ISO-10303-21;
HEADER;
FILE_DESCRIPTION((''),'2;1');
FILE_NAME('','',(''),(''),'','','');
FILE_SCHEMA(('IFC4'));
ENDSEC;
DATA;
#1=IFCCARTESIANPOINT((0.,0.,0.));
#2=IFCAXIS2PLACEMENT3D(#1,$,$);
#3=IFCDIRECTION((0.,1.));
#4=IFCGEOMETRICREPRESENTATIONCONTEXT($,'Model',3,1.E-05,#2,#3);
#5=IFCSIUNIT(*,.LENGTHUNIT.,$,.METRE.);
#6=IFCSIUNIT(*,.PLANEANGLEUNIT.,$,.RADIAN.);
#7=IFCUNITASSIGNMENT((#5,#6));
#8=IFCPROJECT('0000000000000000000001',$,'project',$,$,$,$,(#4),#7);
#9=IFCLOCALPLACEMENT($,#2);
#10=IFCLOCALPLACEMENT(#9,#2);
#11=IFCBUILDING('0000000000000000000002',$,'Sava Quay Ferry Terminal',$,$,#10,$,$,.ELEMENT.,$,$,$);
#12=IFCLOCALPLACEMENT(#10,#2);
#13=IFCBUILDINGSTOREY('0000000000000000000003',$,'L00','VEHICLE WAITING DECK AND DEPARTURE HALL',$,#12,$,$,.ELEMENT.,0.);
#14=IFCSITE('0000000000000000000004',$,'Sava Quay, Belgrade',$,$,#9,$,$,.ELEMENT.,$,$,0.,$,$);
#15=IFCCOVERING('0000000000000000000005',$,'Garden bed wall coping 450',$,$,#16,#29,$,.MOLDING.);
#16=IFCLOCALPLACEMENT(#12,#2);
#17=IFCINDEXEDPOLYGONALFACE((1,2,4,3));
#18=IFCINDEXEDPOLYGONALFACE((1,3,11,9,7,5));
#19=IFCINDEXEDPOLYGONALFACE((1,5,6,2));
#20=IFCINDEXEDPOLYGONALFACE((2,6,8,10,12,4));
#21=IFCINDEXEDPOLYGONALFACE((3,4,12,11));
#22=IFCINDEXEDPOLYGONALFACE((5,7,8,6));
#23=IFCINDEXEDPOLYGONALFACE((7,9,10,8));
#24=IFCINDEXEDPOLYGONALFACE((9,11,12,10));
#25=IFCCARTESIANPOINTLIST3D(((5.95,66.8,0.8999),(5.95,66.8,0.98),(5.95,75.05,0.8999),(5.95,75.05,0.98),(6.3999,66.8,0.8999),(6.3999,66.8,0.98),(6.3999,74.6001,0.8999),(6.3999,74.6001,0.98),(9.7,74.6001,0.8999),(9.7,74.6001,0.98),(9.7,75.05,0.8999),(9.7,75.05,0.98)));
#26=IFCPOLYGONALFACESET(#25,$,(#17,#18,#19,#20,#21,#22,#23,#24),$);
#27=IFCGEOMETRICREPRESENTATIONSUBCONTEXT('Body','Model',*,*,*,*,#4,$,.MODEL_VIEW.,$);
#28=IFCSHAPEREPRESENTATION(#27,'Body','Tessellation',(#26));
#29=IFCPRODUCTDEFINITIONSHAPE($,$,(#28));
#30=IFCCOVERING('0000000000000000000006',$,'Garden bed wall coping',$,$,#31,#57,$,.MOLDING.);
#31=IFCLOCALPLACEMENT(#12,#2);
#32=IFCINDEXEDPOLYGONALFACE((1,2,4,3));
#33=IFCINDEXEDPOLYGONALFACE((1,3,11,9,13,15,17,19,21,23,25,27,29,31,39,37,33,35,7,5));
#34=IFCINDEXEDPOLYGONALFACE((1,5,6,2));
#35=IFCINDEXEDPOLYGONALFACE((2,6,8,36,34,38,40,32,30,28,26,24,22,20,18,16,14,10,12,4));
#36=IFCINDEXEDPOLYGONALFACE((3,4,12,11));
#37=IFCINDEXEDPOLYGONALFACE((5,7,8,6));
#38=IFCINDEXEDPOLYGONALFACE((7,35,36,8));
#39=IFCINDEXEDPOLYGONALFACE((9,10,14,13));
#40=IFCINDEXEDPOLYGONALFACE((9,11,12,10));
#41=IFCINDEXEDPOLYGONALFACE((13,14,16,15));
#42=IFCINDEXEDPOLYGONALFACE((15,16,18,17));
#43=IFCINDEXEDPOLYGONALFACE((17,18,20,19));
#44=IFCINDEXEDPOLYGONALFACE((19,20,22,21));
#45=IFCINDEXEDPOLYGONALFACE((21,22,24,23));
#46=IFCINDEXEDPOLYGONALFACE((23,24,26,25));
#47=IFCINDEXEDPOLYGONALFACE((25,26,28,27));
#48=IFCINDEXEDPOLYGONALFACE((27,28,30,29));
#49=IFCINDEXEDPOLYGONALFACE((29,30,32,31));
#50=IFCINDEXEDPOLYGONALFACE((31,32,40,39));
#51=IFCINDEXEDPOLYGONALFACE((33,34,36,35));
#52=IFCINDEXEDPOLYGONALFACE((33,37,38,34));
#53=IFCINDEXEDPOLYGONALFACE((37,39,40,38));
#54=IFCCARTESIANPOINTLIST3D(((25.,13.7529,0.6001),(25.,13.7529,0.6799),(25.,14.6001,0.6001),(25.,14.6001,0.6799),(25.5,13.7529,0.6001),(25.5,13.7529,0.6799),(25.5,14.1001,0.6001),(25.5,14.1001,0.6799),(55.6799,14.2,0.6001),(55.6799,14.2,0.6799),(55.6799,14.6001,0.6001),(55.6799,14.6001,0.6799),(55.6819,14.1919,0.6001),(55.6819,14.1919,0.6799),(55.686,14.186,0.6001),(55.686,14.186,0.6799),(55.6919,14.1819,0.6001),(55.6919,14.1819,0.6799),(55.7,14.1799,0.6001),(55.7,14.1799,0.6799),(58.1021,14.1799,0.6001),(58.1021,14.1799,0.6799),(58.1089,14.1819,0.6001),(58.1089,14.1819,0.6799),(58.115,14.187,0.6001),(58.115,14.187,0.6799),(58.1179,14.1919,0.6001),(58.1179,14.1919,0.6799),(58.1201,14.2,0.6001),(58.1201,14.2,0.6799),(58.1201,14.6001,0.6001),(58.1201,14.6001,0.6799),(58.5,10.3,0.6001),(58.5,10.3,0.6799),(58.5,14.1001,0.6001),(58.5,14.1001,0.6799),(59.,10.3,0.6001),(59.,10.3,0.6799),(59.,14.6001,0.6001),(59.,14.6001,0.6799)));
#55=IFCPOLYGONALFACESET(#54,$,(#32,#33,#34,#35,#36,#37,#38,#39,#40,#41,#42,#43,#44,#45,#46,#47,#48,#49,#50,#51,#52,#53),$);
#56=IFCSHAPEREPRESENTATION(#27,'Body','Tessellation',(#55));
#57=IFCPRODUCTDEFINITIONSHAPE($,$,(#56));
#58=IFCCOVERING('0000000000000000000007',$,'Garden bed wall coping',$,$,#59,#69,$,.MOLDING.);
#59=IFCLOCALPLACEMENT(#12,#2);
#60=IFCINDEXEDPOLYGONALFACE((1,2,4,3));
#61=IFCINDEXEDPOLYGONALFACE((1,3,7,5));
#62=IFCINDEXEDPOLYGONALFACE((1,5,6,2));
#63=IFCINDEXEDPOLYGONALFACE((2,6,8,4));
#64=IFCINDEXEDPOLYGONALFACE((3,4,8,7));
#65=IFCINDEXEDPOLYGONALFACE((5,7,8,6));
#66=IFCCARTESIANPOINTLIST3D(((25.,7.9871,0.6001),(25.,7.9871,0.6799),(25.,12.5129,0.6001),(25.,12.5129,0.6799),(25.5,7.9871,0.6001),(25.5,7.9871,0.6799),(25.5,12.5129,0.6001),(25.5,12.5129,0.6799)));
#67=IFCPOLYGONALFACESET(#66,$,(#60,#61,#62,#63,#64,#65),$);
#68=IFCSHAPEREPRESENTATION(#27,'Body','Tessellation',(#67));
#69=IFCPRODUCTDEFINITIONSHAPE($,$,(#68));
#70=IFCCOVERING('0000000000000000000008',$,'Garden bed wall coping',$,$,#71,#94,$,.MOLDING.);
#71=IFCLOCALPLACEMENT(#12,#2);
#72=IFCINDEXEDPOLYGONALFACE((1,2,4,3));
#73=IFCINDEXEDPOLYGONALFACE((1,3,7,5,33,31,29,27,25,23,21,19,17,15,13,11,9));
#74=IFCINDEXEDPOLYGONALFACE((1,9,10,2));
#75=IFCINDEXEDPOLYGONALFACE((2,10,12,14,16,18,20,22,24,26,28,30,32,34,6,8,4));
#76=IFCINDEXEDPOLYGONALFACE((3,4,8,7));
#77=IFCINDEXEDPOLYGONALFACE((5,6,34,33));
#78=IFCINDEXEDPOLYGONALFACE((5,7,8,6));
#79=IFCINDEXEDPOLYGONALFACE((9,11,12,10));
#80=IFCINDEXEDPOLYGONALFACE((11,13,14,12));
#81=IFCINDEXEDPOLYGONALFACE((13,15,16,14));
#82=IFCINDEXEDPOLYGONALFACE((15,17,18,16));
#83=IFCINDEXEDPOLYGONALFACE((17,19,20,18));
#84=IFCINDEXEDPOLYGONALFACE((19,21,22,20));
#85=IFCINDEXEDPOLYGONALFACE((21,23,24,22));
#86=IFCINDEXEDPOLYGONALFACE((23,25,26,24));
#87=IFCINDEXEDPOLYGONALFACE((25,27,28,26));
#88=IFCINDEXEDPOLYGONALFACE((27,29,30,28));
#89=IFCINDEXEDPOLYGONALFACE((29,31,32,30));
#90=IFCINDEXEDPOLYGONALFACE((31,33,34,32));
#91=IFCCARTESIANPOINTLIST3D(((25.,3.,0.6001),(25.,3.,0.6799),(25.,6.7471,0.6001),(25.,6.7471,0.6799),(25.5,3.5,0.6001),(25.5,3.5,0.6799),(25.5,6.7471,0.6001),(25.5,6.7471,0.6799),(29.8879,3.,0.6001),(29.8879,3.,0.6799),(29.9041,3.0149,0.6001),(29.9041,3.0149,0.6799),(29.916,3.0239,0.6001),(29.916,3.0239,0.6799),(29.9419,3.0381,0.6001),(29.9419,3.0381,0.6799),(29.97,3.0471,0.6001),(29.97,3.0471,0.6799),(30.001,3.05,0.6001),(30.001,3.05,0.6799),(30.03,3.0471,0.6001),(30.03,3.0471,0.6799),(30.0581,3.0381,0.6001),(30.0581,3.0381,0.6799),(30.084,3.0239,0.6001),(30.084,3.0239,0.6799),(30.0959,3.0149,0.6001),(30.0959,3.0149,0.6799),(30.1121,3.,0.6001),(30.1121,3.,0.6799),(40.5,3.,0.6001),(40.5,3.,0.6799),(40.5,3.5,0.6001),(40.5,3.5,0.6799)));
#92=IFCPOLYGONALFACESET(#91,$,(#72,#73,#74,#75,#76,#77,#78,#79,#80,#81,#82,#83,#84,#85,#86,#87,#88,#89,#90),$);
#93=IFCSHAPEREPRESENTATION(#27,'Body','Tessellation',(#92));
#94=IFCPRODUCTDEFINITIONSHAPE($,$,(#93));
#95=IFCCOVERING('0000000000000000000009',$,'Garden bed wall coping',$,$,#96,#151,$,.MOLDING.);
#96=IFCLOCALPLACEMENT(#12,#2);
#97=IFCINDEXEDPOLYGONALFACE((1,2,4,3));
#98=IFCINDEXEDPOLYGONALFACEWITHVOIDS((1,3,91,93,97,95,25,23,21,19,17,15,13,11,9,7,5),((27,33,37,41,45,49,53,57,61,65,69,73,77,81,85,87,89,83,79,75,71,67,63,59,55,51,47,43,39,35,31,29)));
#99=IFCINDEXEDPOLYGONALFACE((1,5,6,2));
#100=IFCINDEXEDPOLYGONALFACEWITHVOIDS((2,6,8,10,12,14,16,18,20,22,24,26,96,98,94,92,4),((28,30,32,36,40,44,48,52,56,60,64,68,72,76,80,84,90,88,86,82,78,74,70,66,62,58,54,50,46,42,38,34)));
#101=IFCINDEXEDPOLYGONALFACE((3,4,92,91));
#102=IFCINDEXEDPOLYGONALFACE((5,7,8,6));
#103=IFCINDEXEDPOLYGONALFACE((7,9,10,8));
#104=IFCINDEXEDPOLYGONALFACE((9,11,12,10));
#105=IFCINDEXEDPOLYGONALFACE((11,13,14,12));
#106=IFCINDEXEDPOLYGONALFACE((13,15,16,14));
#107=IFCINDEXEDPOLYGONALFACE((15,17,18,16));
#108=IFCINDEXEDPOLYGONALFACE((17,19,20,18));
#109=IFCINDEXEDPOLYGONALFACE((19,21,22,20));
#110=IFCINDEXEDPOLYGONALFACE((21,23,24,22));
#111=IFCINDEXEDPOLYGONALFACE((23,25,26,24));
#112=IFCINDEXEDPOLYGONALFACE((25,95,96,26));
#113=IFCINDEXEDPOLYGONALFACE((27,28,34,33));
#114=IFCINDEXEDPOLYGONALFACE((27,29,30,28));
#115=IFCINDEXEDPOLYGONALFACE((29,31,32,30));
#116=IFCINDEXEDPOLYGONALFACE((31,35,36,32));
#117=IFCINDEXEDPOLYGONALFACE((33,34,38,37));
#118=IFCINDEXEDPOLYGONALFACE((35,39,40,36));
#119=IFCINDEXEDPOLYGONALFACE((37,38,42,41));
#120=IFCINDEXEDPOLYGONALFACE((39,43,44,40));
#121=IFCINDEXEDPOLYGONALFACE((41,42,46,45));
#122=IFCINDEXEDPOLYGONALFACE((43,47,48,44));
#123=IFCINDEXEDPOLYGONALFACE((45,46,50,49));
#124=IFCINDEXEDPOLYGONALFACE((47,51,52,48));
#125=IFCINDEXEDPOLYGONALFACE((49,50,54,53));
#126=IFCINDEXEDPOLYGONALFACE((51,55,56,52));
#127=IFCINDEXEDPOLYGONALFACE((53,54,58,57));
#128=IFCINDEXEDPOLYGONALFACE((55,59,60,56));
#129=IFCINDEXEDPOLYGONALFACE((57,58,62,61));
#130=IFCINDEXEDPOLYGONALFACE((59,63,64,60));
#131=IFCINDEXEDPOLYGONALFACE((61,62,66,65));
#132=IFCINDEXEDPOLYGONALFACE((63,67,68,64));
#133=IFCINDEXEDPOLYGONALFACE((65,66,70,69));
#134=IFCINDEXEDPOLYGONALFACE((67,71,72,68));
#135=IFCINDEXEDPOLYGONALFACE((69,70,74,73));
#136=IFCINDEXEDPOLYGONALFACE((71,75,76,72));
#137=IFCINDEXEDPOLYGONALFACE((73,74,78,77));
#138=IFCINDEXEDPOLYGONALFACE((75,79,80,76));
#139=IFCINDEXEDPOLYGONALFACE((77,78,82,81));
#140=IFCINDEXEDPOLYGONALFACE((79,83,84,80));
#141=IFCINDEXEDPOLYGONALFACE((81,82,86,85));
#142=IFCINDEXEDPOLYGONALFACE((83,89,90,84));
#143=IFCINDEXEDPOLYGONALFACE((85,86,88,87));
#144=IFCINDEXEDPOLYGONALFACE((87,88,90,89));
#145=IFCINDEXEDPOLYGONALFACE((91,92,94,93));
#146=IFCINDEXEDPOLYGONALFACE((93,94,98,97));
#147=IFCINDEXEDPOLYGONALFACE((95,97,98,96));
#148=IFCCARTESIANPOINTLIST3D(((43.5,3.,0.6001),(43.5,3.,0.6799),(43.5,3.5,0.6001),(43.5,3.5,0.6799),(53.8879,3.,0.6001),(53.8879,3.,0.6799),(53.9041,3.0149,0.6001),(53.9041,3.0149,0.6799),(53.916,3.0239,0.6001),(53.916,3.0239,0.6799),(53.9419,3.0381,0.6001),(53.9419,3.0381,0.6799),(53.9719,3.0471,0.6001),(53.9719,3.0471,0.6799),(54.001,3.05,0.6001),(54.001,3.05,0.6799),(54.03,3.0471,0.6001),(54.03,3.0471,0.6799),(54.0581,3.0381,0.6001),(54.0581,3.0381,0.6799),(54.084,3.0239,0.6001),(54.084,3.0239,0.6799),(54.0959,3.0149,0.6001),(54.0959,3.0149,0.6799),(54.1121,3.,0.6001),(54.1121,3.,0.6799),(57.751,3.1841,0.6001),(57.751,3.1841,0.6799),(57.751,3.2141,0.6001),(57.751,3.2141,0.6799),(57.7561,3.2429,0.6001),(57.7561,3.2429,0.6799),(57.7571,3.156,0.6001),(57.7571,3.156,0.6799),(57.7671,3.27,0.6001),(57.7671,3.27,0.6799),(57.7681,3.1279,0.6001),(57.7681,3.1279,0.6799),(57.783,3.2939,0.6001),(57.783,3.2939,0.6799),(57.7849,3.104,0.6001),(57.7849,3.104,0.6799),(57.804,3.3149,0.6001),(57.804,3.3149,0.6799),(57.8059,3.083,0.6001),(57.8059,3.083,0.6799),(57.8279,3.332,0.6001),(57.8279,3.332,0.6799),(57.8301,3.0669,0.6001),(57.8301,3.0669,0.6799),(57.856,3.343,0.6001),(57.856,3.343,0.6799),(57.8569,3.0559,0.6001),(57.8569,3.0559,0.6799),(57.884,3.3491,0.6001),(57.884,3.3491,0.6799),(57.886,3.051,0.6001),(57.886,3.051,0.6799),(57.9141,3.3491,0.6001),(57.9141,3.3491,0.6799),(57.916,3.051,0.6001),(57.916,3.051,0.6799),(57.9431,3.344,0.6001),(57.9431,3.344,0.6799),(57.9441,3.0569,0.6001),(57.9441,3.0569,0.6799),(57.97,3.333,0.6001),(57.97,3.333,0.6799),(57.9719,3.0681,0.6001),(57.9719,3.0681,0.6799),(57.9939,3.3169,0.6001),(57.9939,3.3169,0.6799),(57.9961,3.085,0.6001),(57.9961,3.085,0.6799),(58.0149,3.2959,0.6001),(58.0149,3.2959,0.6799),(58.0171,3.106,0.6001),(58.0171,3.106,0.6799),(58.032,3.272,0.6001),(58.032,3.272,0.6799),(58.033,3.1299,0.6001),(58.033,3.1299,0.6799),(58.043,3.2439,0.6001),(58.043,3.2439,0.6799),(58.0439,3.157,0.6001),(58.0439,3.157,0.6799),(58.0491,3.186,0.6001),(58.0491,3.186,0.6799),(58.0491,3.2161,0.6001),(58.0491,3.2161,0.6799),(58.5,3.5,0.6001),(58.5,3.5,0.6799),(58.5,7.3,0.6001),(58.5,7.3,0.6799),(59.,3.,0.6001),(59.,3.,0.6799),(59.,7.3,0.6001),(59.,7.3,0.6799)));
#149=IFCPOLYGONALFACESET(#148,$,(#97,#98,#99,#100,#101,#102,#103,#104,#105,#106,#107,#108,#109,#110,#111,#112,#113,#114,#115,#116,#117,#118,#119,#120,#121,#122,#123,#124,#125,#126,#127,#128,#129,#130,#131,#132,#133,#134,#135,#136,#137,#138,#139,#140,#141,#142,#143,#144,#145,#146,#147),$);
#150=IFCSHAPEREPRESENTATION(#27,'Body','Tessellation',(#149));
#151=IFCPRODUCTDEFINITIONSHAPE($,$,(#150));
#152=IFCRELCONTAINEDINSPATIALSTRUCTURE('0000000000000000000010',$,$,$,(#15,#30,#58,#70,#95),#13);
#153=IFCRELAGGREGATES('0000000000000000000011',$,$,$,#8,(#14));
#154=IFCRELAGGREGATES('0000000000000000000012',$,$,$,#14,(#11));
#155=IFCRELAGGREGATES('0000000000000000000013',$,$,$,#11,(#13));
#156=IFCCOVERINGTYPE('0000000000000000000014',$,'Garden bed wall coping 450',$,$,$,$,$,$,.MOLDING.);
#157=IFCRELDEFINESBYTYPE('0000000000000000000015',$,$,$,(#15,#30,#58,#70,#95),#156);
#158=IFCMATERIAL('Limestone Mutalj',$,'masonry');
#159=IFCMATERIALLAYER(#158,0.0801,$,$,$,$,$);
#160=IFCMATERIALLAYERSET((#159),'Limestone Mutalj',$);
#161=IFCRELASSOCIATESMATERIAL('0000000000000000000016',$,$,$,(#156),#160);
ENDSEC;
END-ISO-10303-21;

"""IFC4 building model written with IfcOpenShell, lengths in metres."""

from ifc_helpers import new_model, si_unit, direction, frame, origin, place, context, subcontext, project, spatial, polyline, outline, extrude, material, layer, layer_set, type_object, element, save


model = new_model("IFC4")

# Units and contexts
model_context = context("Model", 3, precision=1e-05, world=origin(), true_north=direction((0.0, 1.0)))
body_context = subcontext(model_context, "Body", "Model", "MODEL_VIEW")
ifc_project = project(units=[si_unit("LENGTHUNIT", "METRE"), si_unit("PLANEANGLEUNIT", "RADIAN")], contexts=[model_context])

# Site, building, storey
site_placement = place(None, origin())
site = spatial("IfcSite", under=ifc_project, at=site_placement, Name="Sava Quay, Belgrade", CompositionType="ELEMENT", RefElevation=0.0)
building_placement = place(site_placement, origin())
building = spatial("IfcBuilding", under=site, at=building_placement, Name="Sava Quay Ferry Terminal", CompositionType="ELEMENT")
storey_placement = place(building_placement, origin())
storey = spatial("IfcBuildingStorey", under=building, at=storey_placement, Name="L00", Description="VEHICLE WAITING DECK AND DEPARTURE HALL", CompositionType="ELEMENT", Elevation=0.0)

# Coverings
ifc_material_1 = material(Name="Limestone Mutalj", Category="masonry")
ifc_layer_1 = layer(ifc_material_1, 0.0801)
ifc_layer_set_1 = layer_set([ifc_layer_1], Name="Limestone Mutalj")
covering_type_1 = type_object("IfcCoveringType", Name="Garden bed wall coping 450", PredefinedType="MOLDING", material=ifc_layer_set_1)
covering_1_placement = place(storey_placement, frame((0.0, 0.0, 0.8999)))
element("IfcCovering", 1, at=covering_1_placement, inside=storey, type_object=covering_type_1, Name="Garden bed wall coping 450", PredefinedType="MOLDING", context=body_context, shape_type="SweptSolid", body=[
    extrude(outline(polyline([(9.7, 74.6001), (9.7, 75.05), (5.95, 75.05), (5.95, 66.8), (6.3999, 66.8), (6.3999, 74.6001), (9.7, 74.6001)])), origin(), (0.0, 0.0, 1.0), 0.0801),
])
covering_2_placement = place(storey_placement, frame((0.0, 0.0, 0.6001)))
element("IfcCovering", 2, at=covering_2_placement, inside=storey, type_object=covering_type_1, Name="Garden bed wall coping", PredefinedType="MOLDING", context=body_context, shape_type="SweptSolid", body=[
    extrude(outline(polyline([(55.6799, 14.6001), (25.0, 14.6001), (25.0, 13.7529), (25.5, 13.7529), (25.5, 14.1001), (58.5, 14.1001), (58.5, 10.3), (59.0, 10.3), (59.0, 14.6001), (58.1201, 14.6001), (58.1201, 14.2), (58.1179, 14.1919), (58.115, 14.187), (58.1089, 14.1819), (58.1021, 14.1799), (55.7, 14.1799), (55.6919, 14.1819), (55.686, 14.186), (55.6819, 14.1919), (55.6799, 14.2), (55.6799, 14.6001)])), origin(), (0.0, 0.0, 1.0), 0.0798),
])
covering_3_placement = place(storey_placement, frame((0.0, 0.0, 0.6001)))
element("IfcCovering", 3, at=covering_3_placement, inside=storey, type_object=covering_type_1, Name="Garden bed wall coping", PredefinedType="MOLDING", context=body_context, shape_type="SweptSolid", body=[
    extrude(outline(polyline([(25.5, 7.9871), (25.5, 12.5129), (25.0, 12.5129), (25.0, 7.9871), (25.5, 7.9871)])), origin(), (0.0, 0.0, 1.0), 0.0798),
])
covering_4_placement = place(storey_placement, frame((0.0, 0.0, 0.6001)))
element("IfcCovering", 4, at=covering_4_placement, inside=storey, type_object=covering_type_1, Name="Garden bed wall coping", PredefinedType="MOLDING", context=body_context, shape_type="SweptSolid", body=[
    extrude(outline(polyline([(25.5, 3.5), (25.5, 6.7471), (25.0, 6.7471), (25.0, 3.0), (29.8879, 3.0), (29.9041, 3.0149), (29.916, 3.0239), (29.9419, 3.0381), (29.97, 3.0471), (30.001, 3.05), (30.03, 3.0471), (30.0581, 3.0381), (30.084, 3.0239), (30.0959, 3.0149), (30.1121, 3.0), (40.5, 3.0), (40.5, 3.5), (25.5, 3.5)])), origin(), (0.0, 0.0, 1.0), 0.0798),
])
covering_5_placement = place(storey_placement, frame((0.0, 0.0, 0.6001)))
element("IfcCovering", 5, at=covering_5_placement, inside=storey, type_object=covering_type_1, Name="Garden bed wall coping", PredefinedType="MOLDING", context=body_context, shape_type="SweptSolid", body=[
    extrude(outline(polyline([(54.1121, 3.0), (59.0, 3.0), (59.0, 7.3), (58.5, 7.3), (58.5, 3.5), (43.5, 3.5), (43.5, 3.0), (53.8879, 3.0), (53.9041, 3.0149), (53.916, 3.0239), (53.9419, 3.0381), (53.9719, 3.0471), (54.001, 3.05), (54.03, 3.0471), (54.0581, 3.0381), (54.084, 3.0239), (54.0959, 3.0149), (54.1121, 3.0)]), holes=[polyline([(58.0491, 3.186), (58.0439, 3.157), (58.033, 3.1299), (58.0171, 3.106), (57.9961, 3.085), (57.9719, 3.0681), (57.9441, 3.0569), (57.916, 3.051), (57.886, 3.051), (57.8569, 3.0559), (57.8301, 3.0669), (57.8059, 3.083), (57.7849, 3.104), (57.7681, 3.1279), (57.7571, 3.156), (57.751, 3.1841), (57.751, 3.2141), (57.7561, 3.2429), (57.7671, 3.27), (57.783, 3.2939), (57.804, 3.3149), (57.8279, 3.332), (57.856, 3.343), (57.884, 3.3491), (57.9141, 3.3491), (57.9431, 3.344), (57.97, 3.333), (57.9939, 3.3169), (58.0149, 3.2959), (58.032, 3.272), (58.043, 3.2439), (58.0491, 3.2161), (58.0491, 3.186)])]), origin(), (0.0, 0.0, 1.0), 0.0798),
])

save(model, "model.ifc")
